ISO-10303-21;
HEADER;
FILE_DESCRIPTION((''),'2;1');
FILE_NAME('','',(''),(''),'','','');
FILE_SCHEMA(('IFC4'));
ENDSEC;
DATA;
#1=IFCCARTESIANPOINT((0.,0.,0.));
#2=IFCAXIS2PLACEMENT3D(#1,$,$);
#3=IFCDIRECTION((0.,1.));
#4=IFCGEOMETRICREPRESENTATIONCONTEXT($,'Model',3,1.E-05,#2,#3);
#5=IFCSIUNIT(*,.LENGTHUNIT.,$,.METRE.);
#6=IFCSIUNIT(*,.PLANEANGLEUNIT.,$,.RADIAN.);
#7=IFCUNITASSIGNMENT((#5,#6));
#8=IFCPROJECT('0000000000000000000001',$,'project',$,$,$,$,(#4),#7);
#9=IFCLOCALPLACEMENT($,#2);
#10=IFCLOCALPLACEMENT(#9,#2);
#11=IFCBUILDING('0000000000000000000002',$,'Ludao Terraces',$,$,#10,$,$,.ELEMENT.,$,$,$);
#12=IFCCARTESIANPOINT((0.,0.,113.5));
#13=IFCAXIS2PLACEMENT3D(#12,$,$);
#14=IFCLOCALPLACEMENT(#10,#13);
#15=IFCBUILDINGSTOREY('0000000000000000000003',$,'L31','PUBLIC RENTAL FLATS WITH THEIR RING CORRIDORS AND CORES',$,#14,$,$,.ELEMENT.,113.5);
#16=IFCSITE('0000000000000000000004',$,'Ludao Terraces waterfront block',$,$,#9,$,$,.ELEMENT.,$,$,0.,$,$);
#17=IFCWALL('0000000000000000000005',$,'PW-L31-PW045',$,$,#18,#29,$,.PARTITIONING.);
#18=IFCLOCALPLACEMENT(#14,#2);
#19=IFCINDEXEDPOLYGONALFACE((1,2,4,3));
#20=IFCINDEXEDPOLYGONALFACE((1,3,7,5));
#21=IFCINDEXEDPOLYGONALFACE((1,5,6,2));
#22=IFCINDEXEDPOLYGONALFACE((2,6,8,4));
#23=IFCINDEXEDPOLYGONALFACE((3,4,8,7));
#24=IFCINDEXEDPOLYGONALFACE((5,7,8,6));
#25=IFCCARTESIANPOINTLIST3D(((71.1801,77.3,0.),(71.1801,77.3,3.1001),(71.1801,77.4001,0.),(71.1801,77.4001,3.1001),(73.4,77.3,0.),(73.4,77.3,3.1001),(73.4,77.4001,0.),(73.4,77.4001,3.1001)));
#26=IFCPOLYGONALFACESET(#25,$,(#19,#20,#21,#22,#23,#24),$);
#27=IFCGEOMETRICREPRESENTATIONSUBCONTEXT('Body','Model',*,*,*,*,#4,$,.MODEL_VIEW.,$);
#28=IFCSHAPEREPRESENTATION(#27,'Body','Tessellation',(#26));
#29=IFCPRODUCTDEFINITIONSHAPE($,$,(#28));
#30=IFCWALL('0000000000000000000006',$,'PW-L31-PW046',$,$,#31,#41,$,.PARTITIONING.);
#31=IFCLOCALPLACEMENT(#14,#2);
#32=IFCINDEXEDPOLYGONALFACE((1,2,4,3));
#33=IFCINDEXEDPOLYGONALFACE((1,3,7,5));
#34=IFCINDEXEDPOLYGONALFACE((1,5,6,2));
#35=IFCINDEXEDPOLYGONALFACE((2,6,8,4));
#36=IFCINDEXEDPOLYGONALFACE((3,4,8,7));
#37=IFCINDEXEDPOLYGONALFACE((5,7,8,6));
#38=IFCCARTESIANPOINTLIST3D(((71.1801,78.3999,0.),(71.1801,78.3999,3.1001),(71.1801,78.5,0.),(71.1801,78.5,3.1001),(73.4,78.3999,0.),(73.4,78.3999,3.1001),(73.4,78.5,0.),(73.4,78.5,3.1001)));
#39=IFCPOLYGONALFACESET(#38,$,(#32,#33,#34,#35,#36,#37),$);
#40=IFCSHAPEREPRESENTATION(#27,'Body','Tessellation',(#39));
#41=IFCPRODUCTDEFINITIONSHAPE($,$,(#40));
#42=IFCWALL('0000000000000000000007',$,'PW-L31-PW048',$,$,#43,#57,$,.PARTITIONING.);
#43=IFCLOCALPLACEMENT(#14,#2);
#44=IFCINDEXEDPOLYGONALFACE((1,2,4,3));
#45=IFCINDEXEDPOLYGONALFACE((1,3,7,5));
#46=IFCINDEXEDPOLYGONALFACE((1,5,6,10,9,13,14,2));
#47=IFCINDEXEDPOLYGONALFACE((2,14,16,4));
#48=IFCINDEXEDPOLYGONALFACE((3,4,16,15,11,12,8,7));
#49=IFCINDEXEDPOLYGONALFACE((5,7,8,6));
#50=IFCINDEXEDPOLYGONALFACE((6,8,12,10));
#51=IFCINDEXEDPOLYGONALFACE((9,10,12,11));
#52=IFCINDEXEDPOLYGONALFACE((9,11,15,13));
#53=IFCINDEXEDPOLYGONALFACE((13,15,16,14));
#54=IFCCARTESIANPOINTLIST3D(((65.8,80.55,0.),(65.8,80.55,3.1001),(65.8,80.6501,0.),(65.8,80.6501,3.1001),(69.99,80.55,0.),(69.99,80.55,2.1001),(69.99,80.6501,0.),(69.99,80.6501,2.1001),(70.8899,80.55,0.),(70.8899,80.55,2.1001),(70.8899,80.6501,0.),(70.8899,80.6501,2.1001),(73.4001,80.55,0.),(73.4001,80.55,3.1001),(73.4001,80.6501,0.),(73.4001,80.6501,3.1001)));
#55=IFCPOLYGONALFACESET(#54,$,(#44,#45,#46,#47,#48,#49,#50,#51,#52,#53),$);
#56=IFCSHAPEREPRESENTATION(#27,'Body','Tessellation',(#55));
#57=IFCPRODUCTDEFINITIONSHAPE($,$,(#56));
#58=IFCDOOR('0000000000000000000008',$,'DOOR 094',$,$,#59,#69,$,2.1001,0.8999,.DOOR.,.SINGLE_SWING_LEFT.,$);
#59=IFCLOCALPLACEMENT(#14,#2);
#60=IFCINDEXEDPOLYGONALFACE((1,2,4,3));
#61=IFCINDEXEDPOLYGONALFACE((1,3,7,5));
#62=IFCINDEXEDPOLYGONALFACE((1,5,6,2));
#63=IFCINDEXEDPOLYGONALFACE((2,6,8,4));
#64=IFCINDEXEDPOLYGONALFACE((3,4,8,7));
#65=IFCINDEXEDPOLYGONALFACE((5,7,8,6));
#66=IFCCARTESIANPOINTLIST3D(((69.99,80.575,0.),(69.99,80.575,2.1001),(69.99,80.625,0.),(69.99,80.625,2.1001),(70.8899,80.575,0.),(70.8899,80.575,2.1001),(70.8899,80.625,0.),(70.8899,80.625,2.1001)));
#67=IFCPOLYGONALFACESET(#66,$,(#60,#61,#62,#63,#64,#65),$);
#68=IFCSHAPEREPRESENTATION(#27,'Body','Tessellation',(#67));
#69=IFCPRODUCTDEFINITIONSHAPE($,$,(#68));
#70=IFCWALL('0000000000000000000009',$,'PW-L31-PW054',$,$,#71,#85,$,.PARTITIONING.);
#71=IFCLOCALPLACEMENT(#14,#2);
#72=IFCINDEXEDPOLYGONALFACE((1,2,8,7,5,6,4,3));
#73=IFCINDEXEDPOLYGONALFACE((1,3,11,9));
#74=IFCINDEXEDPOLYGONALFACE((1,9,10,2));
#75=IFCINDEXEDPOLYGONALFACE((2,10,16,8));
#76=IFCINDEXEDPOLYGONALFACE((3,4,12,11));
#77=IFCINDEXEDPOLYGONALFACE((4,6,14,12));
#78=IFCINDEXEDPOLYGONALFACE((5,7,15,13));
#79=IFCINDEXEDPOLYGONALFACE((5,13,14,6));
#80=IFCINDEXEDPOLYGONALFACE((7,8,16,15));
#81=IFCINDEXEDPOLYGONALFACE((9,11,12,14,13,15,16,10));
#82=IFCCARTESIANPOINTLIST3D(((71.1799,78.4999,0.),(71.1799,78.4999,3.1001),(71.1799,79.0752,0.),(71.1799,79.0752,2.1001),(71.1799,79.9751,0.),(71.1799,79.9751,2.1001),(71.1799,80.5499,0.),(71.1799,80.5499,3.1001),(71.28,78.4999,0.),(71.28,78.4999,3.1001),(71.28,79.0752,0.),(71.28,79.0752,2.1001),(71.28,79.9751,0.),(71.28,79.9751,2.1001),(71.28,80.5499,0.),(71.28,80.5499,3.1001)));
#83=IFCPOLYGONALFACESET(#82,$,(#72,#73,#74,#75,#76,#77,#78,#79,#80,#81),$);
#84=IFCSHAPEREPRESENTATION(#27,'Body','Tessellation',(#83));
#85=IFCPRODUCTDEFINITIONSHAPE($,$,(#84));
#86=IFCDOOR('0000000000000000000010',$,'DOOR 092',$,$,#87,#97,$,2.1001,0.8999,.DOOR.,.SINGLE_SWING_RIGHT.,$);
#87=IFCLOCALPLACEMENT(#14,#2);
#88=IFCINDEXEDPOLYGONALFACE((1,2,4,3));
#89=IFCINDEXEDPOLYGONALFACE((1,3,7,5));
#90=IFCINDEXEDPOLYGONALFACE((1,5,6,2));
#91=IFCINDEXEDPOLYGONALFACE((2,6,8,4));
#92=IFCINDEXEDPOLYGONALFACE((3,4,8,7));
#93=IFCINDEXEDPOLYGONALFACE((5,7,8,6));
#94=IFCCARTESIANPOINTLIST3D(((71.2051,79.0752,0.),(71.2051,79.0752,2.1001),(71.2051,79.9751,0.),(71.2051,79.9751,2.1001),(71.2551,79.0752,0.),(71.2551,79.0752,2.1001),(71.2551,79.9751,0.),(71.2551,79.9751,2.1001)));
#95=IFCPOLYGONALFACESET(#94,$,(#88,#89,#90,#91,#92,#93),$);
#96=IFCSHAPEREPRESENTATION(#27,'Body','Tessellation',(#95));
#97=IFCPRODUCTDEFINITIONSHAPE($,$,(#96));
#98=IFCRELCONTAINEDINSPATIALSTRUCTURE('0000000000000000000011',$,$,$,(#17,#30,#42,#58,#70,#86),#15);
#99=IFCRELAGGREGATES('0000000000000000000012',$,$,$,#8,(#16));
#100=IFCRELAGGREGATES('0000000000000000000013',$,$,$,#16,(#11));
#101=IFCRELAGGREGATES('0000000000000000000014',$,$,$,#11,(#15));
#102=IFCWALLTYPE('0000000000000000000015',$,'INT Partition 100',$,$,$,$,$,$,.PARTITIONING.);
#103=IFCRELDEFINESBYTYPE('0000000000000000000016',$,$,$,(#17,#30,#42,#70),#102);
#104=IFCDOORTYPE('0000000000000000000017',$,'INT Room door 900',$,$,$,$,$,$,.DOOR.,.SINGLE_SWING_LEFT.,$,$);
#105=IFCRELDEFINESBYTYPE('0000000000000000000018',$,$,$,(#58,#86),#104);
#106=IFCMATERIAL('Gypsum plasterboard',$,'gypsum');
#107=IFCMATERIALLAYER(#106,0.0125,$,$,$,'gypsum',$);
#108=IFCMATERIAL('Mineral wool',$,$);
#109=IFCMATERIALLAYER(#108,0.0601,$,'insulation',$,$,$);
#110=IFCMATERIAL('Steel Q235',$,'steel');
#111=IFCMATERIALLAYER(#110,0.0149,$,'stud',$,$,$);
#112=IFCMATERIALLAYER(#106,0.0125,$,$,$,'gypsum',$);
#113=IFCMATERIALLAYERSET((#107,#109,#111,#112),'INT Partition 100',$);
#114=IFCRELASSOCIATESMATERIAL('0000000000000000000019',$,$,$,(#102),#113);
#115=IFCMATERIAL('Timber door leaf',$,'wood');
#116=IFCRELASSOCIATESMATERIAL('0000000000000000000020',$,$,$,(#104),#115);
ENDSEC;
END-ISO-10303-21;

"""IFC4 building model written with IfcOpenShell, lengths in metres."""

from ifc_helpers import new_model, si_unit, direction, frame, frame_2d, origin, place, context, subcontext, project, spatial, rectangle, extrude, material, layer, layer_set, type_object, element, fill, save


model = new_model("IFC4")

# Units and contexts
model_context = context("Model", 3, precision=1e-05, world=origin(), true_north=direction((0.0, 1.0)))
body_context = subcontext(model_context, "Body", "Model", "MODEL_VIEW")
ifc_project = project(units=[si_unit("LENGTHUNIT", "METRE"), si_unit("PLANEANGLEUNIT", "RADIAN")], contexts=[model_context])

# Site, building, storey
site_placement = place(None, origin())
site = spatial("IfcSite", under=ifc_project, at=site_placement, Name="Ludao Terraces waterfront block", CompositionType="ELEMENT", RefElevation=0.0)
building_placement = place(site_placement, origin())
building = spatial("IfcBuilding", under=site, at=building_placement, Name="Ludao Terraces", CompositionType="ELEMENT")
storey_placement = place(building_placement, frame((0.0, 0.0, 113.5)))
storey = spatial("IfcBuildingStorey", under=building, at=storey_placement, Name="L31", Description="PUBLIC RENTAL FLATS WITH THEIR RING CORRIDORS AND CORES", CompositionType="ELEMENT", Elevation=113.5)

# Shared definitions
ifc_material_1 = material(Name="Steel Q235", Category="steel")

# Shared definitions
ifc_material_2 = material(Name="Mineral wool")

# Walls
ifc_material_3 = material(Name="Gypsum plasterboard", Category="gypsum")
ifc_layer_1 = layer(ifc_material_3, 0.0125, Category="gypsum")
ifc_layer_2 = layer(ifc_material_2, 0.0601, Name="insulation")
ifc_layer_3 = layer(ifc_material_1, 0.0149, Name="stud")
ifc_layer_4 = layer(ifc_material_3, 0.0125, Category="gypsum")
ifc_layer_set_1 = layer_set([ifc_layer_1, ifc_layer_2, ifc_layer_3, ifc_layer_4], Name="INT Partition 100")
wall_type_1 = type_object("IfcWallType", Name="INT Partition 100", PredefinedType="PARTITIONING", material=ifc_layer_set_1)
for number, where, z_axis, x_axis, name in (
    (1, (71.1802, 77.3501, 0.0), (0.0, 0.0, 1.0), (1.0, 0.0, 0.0), "PW-L31-PW045"),
    (2, (71.1802, 78.45, 0.0), (0.0, 0.0, 1.0), (1.0, 0.0, 0.0), "PW-L31-PW046"),
):
    element("IfcWall", number, at=place(storey_placement, frame(where, z_axis=z_axis, x_axis=x_axis)), inside=storey, type_object=wall_type_1, Name=name, PredefinedType="PARTITIONING", context=body_context, shape_type="SweptSolid", body=[
        extrude(rectangle(XDim=2.22, YDim=0.1001, at=frame_2d((1.1099, 0.0))), origin(), (0.0, 0.0, 1.0), 3.1001),
    ])

# Walls, openings, doors
wall_1_placement = place(storey_placement, frame((65.8, 80.6001, 0.0), z_axis=(0.0, 0.0, 1.0), x_axis=(1.0, 0.0, 0.0)))
wall_1 = element("IfcWall", 3, at=wall_1_placement, inside=storey, type_object=wall_type_1, Name="PW-L31-PW048", PredefinedType="PARTITIONING", context=body_context, shape_type="SweptSolid", body=[
    extrude(rectangle(XDim=7.6001, YDim=0.1001, at=frame_2d((3.8, 0.0))), origin(), (0.0, 0.0, 1.0), 3.1001),
])
opening_1_placement = place(wall_1_placement, frame((4.1899, 0.0, 0.0)))
opening_1 = element("IfcOpeningElement", 4, at=opening_1_placement, cuts=wall_1, PredefinedType="OPENING", context=body_context, shape_type="SweptSolid", body=[
    extrude(rectangle(XDim=0.8999, YDim=2.1001, at=frame_2d((0.45, 1.05))), frame((0.0, 0.0601, 0.0), z_axis=(0.0, -1.0, 0.0), x_axis=(1.0, 0.0, 0.0)), (0.0, 0.0, 1.0), 0.1201),
])
ifc_material_4 = material(Name="Timber door leaf", Category="wood")
door_type_1 = type_object("IfcDoorType", Name="INT Room door 900", OperationType="SINGLE_SWING_LEFT", PredefinedType="DOOR", material=ifc_material_4)
door_1_placement = place(opening_1_placement, origin())
door_1 = element("IfcDoor", 5, at=door_1_placement, inside=storey, type_object=door_type_1, Name="DOOR 094", OperationType="SINGLE_SWING_LEFT", OverallHeight=2.1001, OverallWidth=0.8999, PredefinedType="DOOR", context=body_context, shape_type="SweptSolid", body=[
    extrude(rectangle(XDim=0.8999, YDim=2.1001, at=frame_2d((0.45, 1.05))), frame((0.0, 0.0249, 0.0), z_axis=(0.0, -1.0, 0.0), x_axis=(1.0, 0.0, 0.0)), (0.0, 0.0, 1.0), 0.05),
])
fill(opening_1, door_1)
wall_2_placement = place(storey_placement, frame((71.23, 78.5, 0.0), z_axis=(0.0, 0.0, 1.0), x_axis=(0.0, 1.0, 0.0)))
wall_2 = element("IfcWall", 6, at=wall_2_placement, inside=storey, type_object=wall_type_1, Name="PW-L31-PW054", PredefinedType="PARTITIONING", context=body_context, shape_type="SweptSolid", body=[
    extrude(rectangle(XDim=2.05, YDim=0.1001, at=frame_2d((1.0249, 0.0))), origin(), (0.0, 0.0, 1.0), 3.1001),
])
opening_2_placement = place(wall_2_placement, frame((0.5752, 0.0, 0.0)))
opening_2 = element("IfcOpeningElement", 7, at=opening_2_placement, cuts=wall_2, PredefinedType="OPENING", context=body_context, shape_type="SweptSolid", body=[
    extrude(rectangle(XDim=0.8999, YDim=2.1001, at=frame_2d((0.45, 1.05))), frame((0.0, 0.0601, 0.0), z_axis=(0.0, -1.0, 0.0), x_axis=(1.0, 0.0, 0.0)), (0.0, 0.0, 1.0), 0.1201),
])
door_2_placement = place(opening_2_placement, origin())
door_2 = element("IfcDoor", 8, at=door_2_placement, inside=storey, type_object=door_type_1, Name="DOOR 092", OperationType="SINGLE_SWING_RIGHT", OverallHeight=2.1001, OverallWidth=0.8999, PredefinedType="DOOR", context=body_context, shape_type="SweptSolid", body=[
    extrude(rectangle(XDim=0.8999, YDim=2.1001, at=frame_2d((0.45, 1.05))), frame((0.0, 0.0249, 0.0), z_axis=(0.0, -1.0, 0.0), x_axis=(1.0, 0.0, 0.0)), (0.0, 0.0, 1.0), 0.05),
])
fill(opening_2, door_2)

save(model, "model.ifc")
